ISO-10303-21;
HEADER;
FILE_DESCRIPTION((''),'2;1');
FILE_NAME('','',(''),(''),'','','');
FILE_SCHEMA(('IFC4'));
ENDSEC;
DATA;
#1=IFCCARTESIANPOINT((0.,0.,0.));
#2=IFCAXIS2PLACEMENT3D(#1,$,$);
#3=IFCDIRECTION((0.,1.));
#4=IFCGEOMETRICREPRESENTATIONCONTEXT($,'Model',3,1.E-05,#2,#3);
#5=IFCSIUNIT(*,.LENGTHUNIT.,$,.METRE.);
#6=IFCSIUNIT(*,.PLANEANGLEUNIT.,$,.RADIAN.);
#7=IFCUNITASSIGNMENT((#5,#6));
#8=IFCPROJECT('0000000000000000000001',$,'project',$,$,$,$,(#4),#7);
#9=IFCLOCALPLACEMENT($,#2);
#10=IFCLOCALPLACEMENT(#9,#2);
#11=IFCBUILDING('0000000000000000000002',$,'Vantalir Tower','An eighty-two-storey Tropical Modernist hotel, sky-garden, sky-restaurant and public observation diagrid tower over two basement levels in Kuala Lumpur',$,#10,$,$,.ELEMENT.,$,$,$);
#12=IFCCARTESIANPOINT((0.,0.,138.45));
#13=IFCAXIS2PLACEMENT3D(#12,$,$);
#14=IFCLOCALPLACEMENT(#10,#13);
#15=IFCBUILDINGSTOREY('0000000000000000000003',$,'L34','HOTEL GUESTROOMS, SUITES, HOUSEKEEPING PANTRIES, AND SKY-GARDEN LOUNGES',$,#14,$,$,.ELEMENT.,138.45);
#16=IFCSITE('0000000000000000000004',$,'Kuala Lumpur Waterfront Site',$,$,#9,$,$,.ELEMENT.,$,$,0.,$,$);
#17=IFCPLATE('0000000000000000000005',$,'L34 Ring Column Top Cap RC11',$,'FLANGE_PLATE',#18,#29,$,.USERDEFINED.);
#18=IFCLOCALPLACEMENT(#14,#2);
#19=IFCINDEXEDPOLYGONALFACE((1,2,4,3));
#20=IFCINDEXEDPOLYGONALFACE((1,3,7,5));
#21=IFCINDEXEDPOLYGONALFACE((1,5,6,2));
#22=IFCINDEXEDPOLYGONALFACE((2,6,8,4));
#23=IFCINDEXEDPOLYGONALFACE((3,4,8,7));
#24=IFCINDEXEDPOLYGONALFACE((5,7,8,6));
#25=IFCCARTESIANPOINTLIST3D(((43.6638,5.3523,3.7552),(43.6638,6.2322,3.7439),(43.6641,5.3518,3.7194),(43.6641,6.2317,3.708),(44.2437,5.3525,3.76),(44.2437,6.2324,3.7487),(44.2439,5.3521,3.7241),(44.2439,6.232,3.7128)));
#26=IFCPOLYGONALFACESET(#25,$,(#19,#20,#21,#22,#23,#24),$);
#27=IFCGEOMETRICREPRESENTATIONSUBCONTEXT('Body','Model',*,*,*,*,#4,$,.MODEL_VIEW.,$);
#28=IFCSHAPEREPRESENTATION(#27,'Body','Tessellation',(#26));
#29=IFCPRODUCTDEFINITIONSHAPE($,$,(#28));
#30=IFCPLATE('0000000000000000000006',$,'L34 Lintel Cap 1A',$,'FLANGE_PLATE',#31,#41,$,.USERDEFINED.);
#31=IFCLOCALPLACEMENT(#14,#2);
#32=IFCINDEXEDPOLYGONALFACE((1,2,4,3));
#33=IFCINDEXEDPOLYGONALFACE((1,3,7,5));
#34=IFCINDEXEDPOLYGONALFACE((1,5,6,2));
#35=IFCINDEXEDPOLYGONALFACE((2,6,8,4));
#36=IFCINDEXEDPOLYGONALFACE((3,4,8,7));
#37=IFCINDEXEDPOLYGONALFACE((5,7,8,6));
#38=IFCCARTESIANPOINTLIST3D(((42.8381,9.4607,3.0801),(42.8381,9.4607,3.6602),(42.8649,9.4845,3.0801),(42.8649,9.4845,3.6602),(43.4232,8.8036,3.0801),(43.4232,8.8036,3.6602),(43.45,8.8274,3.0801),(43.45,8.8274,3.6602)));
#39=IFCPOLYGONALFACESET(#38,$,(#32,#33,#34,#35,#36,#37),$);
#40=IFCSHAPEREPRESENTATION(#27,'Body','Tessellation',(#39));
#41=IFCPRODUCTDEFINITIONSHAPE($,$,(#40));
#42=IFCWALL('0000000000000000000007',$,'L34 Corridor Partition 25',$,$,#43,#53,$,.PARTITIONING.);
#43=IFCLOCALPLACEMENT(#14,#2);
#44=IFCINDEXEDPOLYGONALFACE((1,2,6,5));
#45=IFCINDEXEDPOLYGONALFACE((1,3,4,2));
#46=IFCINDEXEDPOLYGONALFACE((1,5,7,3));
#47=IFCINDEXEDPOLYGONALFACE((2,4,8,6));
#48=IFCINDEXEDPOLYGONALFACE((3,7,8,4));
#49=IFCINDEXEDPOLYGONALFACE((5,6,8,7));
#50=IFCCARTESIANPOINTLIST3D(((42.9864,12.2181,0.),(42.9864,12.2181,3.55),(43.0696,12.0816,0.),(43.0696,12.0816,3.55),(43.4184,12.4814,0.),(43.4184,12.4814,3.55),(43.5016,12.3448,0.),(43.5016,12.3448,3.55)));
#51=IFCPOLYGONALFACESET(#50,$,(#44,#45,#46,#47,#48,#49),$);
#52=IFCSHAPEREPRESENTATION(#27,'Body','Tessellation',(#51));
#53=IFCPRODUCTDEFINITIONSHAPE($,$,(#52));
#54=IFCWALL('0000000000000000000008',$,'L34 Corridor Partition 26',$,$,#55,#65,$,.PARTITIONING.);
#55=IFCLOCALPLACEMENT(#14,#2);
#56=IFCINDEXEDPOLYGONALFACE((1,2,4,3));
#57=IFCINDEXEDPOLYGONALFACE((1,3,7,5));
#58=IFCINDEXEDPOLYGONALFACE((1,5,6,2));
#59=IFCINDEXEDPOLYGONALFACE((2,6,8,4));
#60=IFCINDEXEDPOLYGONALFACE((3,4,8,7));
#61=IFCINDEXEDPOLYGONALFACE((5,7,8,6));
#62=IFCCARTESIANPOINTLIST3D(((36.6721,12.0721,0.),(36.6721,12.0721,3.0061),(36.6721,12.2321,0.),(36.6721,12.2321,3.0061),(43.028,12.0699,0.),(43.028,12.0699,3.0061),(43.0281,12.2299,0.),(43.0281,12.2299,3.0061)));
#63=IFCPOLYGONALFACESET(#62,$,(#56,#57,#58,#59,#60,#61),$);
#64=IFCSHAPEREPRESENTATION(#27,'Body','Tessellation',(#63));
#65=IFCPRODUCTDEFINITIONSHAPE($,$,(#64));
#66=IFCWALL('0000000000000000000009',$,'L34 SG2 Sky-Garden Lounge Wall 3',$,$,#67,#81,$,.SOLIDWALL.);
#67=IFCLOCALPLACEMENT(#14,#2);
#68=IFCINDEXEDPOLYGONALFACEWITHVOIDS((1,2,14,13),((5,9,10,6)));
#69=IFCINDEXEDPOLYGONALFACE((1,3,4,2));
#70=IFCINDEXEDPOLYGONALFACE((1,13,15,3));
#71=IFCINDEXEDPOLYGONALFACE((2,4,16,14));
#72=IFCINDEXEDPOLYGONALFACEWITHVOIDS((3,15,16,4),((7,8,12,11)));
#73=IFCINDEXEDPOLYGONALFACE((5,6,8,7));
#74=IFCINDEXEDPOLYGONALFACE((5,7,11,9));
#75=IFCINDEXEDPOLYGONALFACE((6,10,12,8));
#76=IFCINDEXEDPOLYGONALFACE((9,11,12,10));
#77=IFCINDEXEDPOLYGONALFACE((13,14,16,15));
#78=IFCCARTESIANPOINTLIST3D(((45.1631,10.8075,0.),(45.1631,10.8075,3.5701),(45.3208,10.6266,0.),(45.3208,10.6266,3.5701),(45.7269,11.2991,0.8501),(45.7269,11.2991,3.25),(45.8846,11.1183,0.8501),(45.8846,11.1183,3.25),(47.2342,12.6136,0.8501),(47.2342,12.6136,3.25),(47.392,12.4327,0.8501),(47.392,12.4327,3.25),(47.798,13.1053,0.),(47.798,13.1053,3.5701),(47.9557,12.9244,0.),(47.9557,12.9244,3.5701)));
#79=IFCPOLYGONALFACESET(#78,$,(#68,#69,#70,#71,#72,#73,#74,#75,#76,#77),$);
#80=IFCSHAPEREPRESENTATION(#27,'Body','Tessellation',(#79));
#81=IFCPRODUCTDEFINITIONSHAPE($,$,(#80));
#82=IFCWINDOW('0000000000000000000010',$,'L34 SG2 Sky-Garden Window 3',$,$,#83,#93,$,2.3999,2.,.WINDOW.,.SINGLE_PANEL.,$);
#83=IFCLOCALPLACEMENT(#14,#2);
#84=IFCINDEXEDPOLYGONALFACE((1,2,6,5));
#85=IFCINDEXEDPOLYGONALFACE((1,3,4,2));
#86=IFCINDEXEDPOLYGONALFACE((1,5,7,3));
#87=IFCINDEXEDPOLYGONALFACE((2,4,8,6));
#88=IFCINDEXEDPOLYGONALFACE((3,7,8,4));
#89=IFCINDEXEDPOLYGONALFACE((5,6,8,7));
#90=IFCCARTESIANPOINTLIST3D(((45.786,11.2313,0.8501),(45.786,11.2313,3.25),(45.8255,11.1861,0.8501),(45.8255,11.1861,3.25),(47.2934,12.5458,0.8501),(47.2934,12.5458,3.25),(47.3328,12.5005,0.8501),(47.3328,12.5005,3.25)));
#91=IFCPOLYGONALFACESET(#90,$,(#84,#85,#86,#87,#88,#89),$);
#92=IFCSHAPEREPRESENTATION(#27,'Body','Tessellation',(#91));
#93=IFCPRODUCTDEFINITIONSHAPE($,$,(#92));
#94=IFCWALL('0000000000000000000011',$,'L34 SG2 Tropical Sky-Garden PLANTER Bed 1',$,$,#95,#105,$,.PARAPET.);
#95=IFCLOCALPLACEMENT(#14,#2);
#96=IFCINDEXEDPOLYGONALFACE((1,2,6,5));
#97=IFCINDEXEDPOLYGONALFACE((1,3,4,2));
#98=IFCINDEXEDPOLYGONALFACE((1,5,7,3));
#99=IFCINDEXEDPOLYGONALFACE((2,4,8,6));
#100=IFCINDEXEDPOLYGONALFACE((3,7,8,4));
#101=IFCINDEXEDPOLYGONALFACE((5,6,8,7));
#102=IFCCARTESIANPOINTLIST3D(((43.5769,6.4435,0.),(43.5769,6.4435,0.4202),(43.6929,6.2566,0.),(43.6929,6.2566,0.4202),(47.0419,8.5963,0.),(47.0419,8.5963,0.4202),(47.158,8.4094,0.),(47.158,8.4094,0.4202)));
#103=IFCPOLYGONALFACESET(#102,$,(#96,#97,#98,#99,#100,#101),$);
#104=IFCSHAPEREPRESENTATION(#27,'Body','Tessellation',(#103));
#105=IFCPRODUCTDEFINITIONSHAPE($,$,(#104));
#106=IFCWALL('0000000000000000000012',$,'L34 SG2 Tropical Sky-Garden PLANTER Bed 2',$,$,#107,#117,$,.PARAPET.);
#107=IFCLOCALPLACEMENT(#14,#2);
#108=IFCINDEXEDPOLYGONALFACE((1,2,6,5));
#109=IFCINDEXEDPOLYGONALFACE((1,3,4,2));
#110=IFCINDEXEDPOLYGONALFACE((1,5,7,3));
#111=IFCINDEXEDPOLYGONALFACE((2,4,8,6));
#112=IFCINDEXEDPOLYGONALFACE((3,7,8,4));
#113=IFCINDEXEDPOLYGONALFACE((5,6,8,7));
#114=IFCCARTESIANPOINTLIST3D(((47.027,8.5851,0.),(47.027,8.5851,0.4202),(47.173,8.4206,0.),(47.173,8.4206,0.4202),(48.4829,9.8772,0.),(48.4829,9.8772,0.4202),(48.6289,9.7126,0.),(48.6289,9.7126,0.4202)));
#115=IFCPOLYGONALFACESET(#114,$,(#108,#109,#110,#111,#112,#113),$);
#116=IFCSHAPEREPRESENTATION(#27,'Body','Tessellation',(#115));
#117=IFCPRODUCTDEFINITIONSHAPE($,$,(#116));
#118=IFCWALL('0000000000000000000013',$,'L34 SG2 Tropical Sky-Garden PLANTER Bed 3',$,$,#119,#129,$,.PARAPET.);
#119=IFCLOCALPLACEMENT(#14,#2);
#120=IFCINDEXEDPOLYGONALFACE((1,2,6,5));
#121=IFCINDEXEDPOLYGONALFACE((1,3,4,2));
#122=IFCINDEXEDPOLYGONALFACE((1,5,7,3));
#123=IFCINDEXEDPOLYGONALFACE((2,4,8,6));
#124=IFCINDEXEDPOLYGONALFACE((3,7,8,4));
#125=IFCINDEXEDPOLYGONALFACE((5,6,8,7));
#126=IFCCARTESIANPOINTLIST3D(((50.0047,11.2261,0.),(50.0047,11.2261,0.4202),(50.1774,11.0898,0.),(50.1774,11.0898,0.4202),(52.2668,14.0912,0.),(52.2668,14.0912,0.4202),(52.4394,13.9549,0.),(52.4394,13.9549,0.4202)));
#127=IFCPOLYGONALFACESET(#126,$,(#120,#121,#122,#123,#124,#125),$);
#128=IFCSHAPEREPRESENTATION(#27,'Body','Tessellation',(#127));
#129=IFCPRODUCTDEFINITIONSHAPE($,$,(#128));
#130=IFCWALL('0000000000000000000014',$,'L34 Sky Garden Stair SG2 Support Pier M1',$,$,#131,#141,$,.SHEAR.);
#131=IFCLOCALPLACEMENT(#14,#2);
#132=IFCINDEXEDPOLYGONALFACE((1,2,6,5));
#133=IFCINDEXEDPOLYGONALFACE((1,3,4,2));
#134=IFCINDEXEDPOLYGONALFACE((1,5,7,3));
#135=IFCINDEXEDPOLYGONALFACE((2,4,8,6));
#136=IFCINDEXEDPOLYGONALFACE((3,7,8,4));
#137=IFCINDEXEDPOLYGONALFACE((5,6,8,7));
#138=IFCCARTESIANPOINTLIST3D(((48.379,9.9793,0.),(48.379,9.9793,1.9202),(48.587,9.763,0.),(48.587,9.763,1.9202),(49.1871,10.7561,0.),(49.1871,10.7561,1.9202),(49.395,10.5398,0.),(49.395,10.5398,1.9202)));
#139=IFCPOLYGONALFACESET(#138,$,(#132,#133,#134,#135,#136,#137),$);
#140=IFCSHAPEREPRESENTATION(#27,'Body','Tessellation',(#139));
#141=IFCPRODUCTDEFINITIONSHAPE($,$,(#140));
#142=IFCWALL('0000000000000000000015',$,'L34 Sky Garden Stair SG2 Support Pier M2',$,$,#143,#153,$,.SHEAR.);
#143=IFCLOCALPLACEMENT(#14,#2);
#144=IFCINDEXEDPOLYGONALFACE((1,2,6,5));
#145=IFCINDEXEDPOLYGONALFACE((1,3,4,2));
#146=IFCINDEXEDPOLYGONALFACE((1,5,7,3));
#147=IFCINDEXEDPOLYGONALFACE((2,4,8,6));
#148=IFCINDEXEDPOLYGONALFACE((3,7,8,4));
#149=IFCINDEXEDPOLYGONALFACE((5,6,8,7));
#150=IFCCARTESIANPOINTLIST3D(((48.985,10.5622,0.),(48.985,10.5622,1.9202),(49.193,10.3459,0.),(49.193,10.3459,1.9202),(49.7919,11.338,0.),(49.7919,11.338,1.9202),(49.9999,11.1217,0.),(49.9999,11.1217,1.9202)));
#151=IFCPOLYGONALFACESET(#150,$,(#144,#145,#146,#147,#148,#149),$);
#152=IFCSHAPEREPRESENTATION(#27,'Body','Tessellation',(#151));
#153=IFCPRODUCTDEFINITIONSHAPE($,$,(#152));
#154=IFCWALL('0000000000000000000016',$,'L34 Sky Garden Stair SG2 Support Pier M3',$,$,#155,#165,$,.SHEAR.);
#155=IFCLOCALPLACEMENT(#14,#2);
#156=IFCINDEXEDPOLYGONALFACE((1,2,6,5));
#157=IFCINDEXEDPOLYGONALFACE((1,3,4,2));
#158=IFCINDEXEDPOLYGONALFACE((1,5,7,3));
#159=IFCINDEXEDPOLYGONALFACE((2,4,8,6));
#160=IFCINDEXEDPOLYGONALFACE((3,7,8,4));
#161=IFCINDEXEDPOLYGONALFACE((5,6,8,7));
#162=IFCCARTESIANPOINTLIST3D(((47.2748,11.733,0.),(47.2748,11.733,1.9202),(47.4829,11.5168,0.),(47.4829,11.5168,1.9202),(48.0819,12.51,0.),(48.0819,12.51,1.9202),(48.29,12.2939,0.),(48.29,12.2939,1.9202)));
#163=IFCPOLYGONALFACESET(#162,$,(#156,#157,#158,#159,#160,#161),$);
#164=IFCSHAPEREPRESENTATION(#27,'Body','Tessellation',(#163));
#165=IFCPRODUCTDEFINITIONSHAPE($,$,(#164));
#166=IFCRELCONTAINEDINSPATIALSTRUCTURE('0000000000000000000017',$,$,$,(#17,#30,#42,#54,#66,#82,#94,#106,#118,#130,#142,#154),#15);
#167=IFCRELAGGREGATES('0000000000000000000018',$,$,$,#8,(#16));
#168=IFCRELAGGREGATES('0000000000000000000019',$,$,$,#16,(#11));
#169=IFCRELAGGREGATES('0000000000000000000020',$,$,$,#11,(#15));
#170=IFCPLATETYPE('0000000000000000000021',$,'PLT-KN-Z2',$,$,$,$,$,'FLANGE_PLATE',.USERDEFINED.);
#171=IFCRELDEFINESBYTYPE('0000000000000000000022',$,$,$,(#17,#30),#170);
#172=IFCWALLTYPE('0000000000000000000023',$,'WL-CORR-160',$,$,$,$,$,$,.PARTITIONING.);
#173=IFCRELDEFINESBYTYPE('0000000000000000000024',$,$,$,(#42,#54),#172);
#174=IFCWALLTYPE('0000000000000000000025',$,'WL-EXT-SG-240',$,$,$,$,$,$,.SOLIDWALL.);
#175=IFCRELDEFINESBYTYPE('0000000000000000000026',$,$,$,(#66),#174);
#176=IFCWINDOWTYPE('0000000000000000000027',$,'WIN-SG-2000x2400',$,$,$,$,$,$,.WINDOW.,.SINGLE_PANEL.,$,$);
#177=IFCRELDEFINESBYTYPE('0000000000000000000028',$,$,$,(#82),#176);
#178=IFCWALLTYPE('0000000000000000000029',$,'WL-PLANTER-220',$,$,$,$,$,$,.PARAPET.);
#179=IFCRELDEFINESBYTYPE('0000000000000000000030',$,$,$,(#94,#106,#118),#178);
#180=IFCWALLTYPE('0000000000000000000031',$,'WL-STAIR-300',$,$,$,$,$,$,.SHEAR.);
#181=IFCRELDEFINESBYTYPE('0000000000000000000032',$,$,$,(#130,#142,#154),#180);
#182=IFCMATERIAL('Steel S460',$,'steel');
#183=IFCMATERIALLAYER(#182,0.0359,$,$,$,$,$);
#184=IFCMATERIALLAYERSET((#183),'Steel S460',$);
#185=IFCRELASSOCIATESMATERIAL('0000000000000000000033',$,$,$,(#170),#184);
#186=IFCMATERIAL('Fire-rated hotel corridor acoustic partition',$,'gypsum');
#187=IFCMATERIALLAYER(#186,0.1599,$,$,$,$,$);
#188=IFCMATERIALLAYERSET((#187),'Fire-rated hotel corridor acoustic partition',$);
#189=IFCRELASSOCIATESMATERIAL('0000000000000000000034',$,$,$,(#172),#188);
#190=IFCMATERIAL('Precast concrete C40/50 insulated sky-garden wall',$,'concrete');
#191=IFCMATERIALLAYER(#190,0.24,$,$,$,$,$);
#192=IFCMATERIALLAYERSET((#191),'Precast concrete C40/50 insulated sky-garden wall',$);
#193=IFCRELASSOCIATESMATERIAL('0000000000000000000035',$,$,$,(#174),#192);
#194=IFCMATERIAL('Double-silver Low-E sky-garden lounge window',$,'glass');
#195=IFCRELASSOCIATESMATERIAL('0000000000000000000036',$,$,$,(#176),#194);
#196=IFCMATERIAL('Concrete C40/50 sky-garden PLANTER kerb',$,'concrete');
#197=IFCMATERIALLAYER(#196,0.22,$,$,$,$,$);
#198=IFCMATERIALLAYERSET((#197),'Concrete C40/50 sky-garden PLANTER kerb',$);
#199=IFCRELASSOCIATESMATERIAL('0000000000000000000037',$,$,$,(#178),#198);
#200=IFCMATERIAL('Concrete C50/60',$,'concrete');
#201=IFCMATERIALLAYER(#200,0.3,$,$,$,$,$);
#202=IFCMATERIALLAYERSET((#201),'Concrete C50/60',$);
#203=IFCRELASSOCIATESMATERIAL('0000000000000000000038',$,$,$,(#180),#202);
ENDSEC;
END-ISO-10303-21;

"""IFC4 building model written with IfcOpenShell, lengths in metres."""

from ifc_helpers import new_model, si_unit, direction, frame, frame_2d, origin, origin_2d, place, context, subcontext, project, spatial, polyline, rectangle, outline, extrude, material, layer, layer_set, type_object, element, fill, save


model = new_model("IFC4")

# Units and contexts
model_context = context("Model", 3, precision=1e-05, world=origin(), true_north=direction((0.0, 1.0)))
body_context = subcontext(model_context, "Body", "Model", "MODEL_VIEW")
ifc_project = project(units=[si_unit("LENGTHUNIT", "METRE"), si_unit("PLANEANGLEUNIT", "RADIAN")], contexts=[model_context])

# Site, building, storey
site_placement = place(None, origin())
site = spatial("IfcSite", under=ifc_project, at=site_placement, Name="Kuala Lumpur Waterfront Site", CompositionType="ELEMENT", RefElevation=0.0)
building_placement = place(site_placement, origin())
building = spatial("IfcBuilding", under=site, at=building_placement, Name="Vantalir Tower", Description="An eighty-two-storey Tropical Modernist hotel, sky-garden, sky-restaurant and public observation diagrid tower over two basement levels in Kuala Lumpur", CompositionType="ELEMENT")
storey_placement = place(building_placement, frame((0.0, 0.0, 138.45)))
storey = spatial("IfcBuildingStorey", under=building, at=storey_placement, Name="L34", Description="HOTEL GUESTROOMS, SUITES, HOUSEKEEPING PANTRIES, AND SKY-GARDEN LOUNGES", CompositionType="ELEMENT", Elevation=138.45)

# Shared definitions
ifc_material_1 = material(Name="Steel S460", Category="steel")

# Plates
ifc_layer_1 = layer(ifc_material_1, 0.0359)
ifc_layer_set_1 = layer_set([ifc_layer_1], Name="Steel S460")
plate_type = type_object("IfcPlateType", Name="PLT-KN-Z2", ElementType="FLANGE_PLATE", PredefinedType="USERDEFINED", material=ifc_layer_set_1)
plate_1_placement = place(storey_placement, frame((43.6638, 6.2322, 3.7439), z_axis=(-0.008215, 0.012901, 0.999883), x_axis=(0.000001, -0.999917, 0.012901)))
element("IfcPlate", 1, at=plate_1_placement, inside=storey, type_object=plate_type, Name="L34 Ring Column Top Cap RC11", ObjectType="FLANGE_PLATE", PredefinedType="USERDEFINED", context=body_context, shape_type="SweptSolid", body=[
    extrude(outline(polyline([(0.0, 0.0), (0.88, 0.0), (0.8798, 0.5799), (-0.0002, 0.5799), (0.0, 0.0)])), origin(), (0.0, 0.0, -1.0), 0.0359),
])
plate_2_placement = place(storey_placement, frame((43.144, 9.144, 3.0801), z_axis=(0.0, 0.0, 1.0), x_axis=(0.746801, 0.665048, 0.0)))
element("IfcPlate", 2, at=plate_2_placement, inside=storey, type_object=plate_type, Name="L34 Lintel Cap 1A", ObjectType="FLANGE_PLATE", PredefinedType="USERDEFINED", context=body_context, shape_type="SweptSolid", body=[
    extrude(rectangle(XDim=0.0359, YDim=0.8799, at=origin_2d()), origin(), (0.0, 0.0, 1.0), 0.5801),
])

# Walls
ifc_material_2 = material(Name="Fire-rated hotel corridor acoustic partition", Category="gypsum")
ifc_layer_2 = layer(ifc_material_2, 0.1599)
ifc_layer_set_2 = layer_set([ifc_layer_2], Name="Fire-rated hotel corridor acoustic partition")
wall_type_1 = type_object("IfcWallType", Name="WL-CORR-160", PredefinedType="PARTITIONING", material=ifc_layer_set_2)
wall_1_placement = place(storey_placement, frame((43.46, 12.4131, 0.0), z_axis=(0.0, 0.0, 1.0), x_axis=(-0.853937, -0.520376, 0.0)))
element("IfcWall", 3, at=wall_1_placement, inside=storey, type_object=wall_type_1, Name="L34 Corridor Partition 25", PredefinedType="PARTITIONING", context=body_context, shape_type="SweptSolid", body=[
    extrude(rectangle(XDim=0.5059, YDim=0.1599, at=frame_2d((0.2529, 0.0))), origin(), (0.0, 0.0, 1.0), 3.55),
])
wall_2_placement = place(storey_placement, frame((43.0281, 12.1499, 0.0), z_axis=(0.0, 0.0, 1.0), x_axis=(-1.0, 0.000346, 0.0)))
element("IfcWall", 4, at=wall_2_placement, inside=storey, type_object=wall_type_1, Name="L34 Corridor Partition 26", PredefinedType="PARTITIONING", context=body_context, shape_type="SweptSolid", body=[
    extrude(rectangle(XDim=6.356, YDim=0.1599, at=frame_2d((3.178, 0.0))), origin(), (0.0, 0.0, 1.0), 3.0061),
])

# Wall, opening, window
ifc_material_3 = material(Name="Precast concrete C40/50 insulated sky-garden wall", Category="concrete")
ifc_layer_3 = layer(ifc_material_3, 0.24)
ifc_layer_set_3 = layer_set([ifc_layer_3], Name="Precast concrete C40/50 insulated sky-garden wall")
wall_type_2 = type_object("IfcWallType", Name="WL-EXT-SG-240", PredefinedType="SOLIDWALL", material=ifc_layer_set_3)
wall_3_placement = place(storey_placement, frame((45.2419, 10.717, 0.0), z_axis=(0.0, 0.0, 1.0), x_axis=(0.753679, 0.657243, 0.0)))
wall_3 = element("IfcWall", 5, at=wall_3_placement, inside=storey, type_object=wall_type_2, Name="L34 SG2 Sky-Garden Lounge Wall 3", PredefinedType="SOLIDWALL", context=body_context, shape_type="SweptSolid", body=[
    extrude(rectangle(XDim=3.4961, YDim=0.24, at=frame_2d((1.748, 0.0))), origin(), (0.0, 0.0, 1.0), 3.5701),
])
opening_placement = place(wall_3_placement, frame((0.748, 0.0, 0.8501)))
opening = element("IfcOpeningElement", 6, at=opening_placement, cuts=wall_3, PredefinedType="OPENING", context=body_context, shape_type="SweptSolid", body=[
    extrude(rectangle(XDim=2.0, YDim=2.3999, at=frame_2d((1.0, 1.2))), frame((0.0, 0.1299, 0.0), z_axis=(0.0, -1.0, 0.0), x_axis=(1.0, 0.0, 0.0)), (0.0, 0.0, 1.0), 0.26),
])
ifc_material_4 = material(Name="Double-silver Low-E sky-garden lounge window", Category="glass")
window_type = type_object("IfcWindowType", Name="WIN-SG-2000x2400", PartitioningType="SINGLE_PANEL", PredefinedType="WINDOW", material=ifc_material_4)
window_placement = place(opening_placement, origin())
window = element("IfcWindow", 7, at=window_placement, inside=storey, type_object=window_type, Name="L34 SG2 Sky-Garden Window 3", OverallHeight=2.3999, OverallWidth=2.0, PartitioningType="SINGLE_PANEL", PredefinedType="WINDOW", context=body_context, shape_type="SweptSolid", body=[
    extrude(rectangle(XDim=2.0, YDim=2.3999, at=frame_2d((1.0, 1.2))), frame((0.0, 0.03, 0.0), z_axis=(0.0, -1.0, 0.0), x_axis=(1.0, 0.0, 0.0)), (0.0, 0.0, 1.0), 0.0601),
])
fill(opening, window)

# Walls
ifc_material_5 = material(Name="Concrete C40/50 sky-garden PLANTER kerb", Category="concrete")
ifc_layer_4 = layer(ifc_material_5, 0.22)
ifc_layer_set_4 = layer_set([ifc_layer_4], Name="Concrete C40/50 sky-garden PLANTER kerb")
wall_type_3 = type_object("IfcWallType", Name="WL-PLANTER-220", PredefinedType="PARAPET", material=ifc_layer_set_4)
wall_4_placement = place(storey_placement, frame((43.635, 6.3501, 0.0), z_axis=(0.0, 0.0, 1.0), x_axis=(0.849411, 0.527732, 0.0)))
element("IfcWall", 8, at=wall_4_placement, inside=storey, type_object=wall_type_3, Name="L34 SG2 Tropical Sky-Garden PLANTER Bed 1", PredefinedType="PARAPET", context=body_context, shape_type="SweptSolid", body=[
    extrude(rectangle(XDim=4.0793, YDim=0.22, at=frame_2d((2.0396, 0.0))), origin(), (0.0, 0.0, 1.0), 0.4202),
])
wall_5_placement = place(storey_placement, frame((47.1001, 8.5029, 0.0), z_axis=(0.0, 0.0, 1.0), x_axis=(0.747935, 0.663772, 0.0)))
element("IfcWall", 9, at=wall_5_placement, inside=storey, type_object=wall_type_3, Name="L34 SG2 Tropical Sky-Garden PLANTER Bed 2", PredefinedType="PARAPET", context=body_context, shape_type="SweptSolid", body=[
    extrude(rectangle(XDim=1.9465, YDim=0.22, at=frame_2d((0.9731, 0.0))), origin(), (0.0, 0.0, 1.0), 0.4202),
])
wall_6_placement = place(storey_placement, frame((50.0911, 11.158, 0.0), z_axis=(0.0, 0.0, 1.0), x_axis=(0.619666, 0.784866, 0.0)))
element("IfcWall", 10, at=wall_6_placement, inside=storey, type_object=wall_type_3, Name="L34 SG2 Tropical Sky-Garden PLANTER Bed 3", PredefinedType="PARAPET", context=body_context, shape_type="SweptSolid", body=[
    extrude(rectangle(XDim=3.6504, YDim=0.22, at=frame_2d((1.8252, 0.0))), origin(), (0.0, 0.0, 1.0), 0.4202),
])
ifc_material_6 = material(Name="Concrete C50/60", Category="concrete")
ifc_layer_5 = layer(ifc_material_6, 0.3)
ifc_layer_set_5 = layer_set([ifc_layer_5], Name="Concrete C50/60")
wall_type_4 = type_object("IfcWallType", Name="WL-STAIR-300", PredefinedType="SHEAR", material=ifc_layer_set_5)
wall_7_placement = place(storey_placement, frame((48.4829, 9.8711, 0.0), z_axis=(0.0, 0.0, 1.0), x_axis=(0.720908, 0.69303, 0.0)))
element("IfcWall", 11, at=wall_7_placement, inside=storey, type_object=wall_type_4, Name="L34 Sky Garden Stair SG2 Support Pier M1", PredefinedType="SHEAR", context=body_context, shape_type="SweptSolid", body=[
    extrude(rectangle(XDim=1.1208, YDim=0.3, at=frame_2d((0.5605, 0.0))), origin(), (0.0, 0.0, 1.0), 1.9202),
])
wall_8_placement = place(storey_placement, frame((49.0891, 10.4541, 0.0), z_axis=(0.0, 0.0, 1.0), x_axis=(0.72082, 0.693122, 0.0)))
element("IfcWall", 12, at=wall_8_placement, inside=storey, type_object=wall_type_4, Name="L34 Sky Garden Stair SG2 Support Pier M2", PredefinedType="SHEAR", context=body_context, shape_type="SweptSolid", body=[
    extrude(rectangle(XDim=1.1194, YDim=0.3, at=frame_2d((0.5596, 0.0))), origin(), (0.0, 0.0, 1.0), 1.9202),
])
wall_9_placement = place(storey_placement, frame((47.3789, 11.625, 0.0), z_axis=(0.0, 0.0, 1.0), x_axis=(0.720381, 0.693579, 0.0)))
element("IfcWall", 13, at=wall_9_placement, inside=storey, type_object=wall_type_4, Name="L34 Sky Garden Stair SG2 Support Pier M3", PredefinedType="SHEAR", context=body_context, shape_type="SweptSolid", body=[
    extrude(rectangle(XDim=1.1204, YDim=0.3, at=frame_2d((0.5601, 0.0))), origin(), (0.0, 0.0, 1.0), 1.9202),
])

save(model, "model.ifc")
